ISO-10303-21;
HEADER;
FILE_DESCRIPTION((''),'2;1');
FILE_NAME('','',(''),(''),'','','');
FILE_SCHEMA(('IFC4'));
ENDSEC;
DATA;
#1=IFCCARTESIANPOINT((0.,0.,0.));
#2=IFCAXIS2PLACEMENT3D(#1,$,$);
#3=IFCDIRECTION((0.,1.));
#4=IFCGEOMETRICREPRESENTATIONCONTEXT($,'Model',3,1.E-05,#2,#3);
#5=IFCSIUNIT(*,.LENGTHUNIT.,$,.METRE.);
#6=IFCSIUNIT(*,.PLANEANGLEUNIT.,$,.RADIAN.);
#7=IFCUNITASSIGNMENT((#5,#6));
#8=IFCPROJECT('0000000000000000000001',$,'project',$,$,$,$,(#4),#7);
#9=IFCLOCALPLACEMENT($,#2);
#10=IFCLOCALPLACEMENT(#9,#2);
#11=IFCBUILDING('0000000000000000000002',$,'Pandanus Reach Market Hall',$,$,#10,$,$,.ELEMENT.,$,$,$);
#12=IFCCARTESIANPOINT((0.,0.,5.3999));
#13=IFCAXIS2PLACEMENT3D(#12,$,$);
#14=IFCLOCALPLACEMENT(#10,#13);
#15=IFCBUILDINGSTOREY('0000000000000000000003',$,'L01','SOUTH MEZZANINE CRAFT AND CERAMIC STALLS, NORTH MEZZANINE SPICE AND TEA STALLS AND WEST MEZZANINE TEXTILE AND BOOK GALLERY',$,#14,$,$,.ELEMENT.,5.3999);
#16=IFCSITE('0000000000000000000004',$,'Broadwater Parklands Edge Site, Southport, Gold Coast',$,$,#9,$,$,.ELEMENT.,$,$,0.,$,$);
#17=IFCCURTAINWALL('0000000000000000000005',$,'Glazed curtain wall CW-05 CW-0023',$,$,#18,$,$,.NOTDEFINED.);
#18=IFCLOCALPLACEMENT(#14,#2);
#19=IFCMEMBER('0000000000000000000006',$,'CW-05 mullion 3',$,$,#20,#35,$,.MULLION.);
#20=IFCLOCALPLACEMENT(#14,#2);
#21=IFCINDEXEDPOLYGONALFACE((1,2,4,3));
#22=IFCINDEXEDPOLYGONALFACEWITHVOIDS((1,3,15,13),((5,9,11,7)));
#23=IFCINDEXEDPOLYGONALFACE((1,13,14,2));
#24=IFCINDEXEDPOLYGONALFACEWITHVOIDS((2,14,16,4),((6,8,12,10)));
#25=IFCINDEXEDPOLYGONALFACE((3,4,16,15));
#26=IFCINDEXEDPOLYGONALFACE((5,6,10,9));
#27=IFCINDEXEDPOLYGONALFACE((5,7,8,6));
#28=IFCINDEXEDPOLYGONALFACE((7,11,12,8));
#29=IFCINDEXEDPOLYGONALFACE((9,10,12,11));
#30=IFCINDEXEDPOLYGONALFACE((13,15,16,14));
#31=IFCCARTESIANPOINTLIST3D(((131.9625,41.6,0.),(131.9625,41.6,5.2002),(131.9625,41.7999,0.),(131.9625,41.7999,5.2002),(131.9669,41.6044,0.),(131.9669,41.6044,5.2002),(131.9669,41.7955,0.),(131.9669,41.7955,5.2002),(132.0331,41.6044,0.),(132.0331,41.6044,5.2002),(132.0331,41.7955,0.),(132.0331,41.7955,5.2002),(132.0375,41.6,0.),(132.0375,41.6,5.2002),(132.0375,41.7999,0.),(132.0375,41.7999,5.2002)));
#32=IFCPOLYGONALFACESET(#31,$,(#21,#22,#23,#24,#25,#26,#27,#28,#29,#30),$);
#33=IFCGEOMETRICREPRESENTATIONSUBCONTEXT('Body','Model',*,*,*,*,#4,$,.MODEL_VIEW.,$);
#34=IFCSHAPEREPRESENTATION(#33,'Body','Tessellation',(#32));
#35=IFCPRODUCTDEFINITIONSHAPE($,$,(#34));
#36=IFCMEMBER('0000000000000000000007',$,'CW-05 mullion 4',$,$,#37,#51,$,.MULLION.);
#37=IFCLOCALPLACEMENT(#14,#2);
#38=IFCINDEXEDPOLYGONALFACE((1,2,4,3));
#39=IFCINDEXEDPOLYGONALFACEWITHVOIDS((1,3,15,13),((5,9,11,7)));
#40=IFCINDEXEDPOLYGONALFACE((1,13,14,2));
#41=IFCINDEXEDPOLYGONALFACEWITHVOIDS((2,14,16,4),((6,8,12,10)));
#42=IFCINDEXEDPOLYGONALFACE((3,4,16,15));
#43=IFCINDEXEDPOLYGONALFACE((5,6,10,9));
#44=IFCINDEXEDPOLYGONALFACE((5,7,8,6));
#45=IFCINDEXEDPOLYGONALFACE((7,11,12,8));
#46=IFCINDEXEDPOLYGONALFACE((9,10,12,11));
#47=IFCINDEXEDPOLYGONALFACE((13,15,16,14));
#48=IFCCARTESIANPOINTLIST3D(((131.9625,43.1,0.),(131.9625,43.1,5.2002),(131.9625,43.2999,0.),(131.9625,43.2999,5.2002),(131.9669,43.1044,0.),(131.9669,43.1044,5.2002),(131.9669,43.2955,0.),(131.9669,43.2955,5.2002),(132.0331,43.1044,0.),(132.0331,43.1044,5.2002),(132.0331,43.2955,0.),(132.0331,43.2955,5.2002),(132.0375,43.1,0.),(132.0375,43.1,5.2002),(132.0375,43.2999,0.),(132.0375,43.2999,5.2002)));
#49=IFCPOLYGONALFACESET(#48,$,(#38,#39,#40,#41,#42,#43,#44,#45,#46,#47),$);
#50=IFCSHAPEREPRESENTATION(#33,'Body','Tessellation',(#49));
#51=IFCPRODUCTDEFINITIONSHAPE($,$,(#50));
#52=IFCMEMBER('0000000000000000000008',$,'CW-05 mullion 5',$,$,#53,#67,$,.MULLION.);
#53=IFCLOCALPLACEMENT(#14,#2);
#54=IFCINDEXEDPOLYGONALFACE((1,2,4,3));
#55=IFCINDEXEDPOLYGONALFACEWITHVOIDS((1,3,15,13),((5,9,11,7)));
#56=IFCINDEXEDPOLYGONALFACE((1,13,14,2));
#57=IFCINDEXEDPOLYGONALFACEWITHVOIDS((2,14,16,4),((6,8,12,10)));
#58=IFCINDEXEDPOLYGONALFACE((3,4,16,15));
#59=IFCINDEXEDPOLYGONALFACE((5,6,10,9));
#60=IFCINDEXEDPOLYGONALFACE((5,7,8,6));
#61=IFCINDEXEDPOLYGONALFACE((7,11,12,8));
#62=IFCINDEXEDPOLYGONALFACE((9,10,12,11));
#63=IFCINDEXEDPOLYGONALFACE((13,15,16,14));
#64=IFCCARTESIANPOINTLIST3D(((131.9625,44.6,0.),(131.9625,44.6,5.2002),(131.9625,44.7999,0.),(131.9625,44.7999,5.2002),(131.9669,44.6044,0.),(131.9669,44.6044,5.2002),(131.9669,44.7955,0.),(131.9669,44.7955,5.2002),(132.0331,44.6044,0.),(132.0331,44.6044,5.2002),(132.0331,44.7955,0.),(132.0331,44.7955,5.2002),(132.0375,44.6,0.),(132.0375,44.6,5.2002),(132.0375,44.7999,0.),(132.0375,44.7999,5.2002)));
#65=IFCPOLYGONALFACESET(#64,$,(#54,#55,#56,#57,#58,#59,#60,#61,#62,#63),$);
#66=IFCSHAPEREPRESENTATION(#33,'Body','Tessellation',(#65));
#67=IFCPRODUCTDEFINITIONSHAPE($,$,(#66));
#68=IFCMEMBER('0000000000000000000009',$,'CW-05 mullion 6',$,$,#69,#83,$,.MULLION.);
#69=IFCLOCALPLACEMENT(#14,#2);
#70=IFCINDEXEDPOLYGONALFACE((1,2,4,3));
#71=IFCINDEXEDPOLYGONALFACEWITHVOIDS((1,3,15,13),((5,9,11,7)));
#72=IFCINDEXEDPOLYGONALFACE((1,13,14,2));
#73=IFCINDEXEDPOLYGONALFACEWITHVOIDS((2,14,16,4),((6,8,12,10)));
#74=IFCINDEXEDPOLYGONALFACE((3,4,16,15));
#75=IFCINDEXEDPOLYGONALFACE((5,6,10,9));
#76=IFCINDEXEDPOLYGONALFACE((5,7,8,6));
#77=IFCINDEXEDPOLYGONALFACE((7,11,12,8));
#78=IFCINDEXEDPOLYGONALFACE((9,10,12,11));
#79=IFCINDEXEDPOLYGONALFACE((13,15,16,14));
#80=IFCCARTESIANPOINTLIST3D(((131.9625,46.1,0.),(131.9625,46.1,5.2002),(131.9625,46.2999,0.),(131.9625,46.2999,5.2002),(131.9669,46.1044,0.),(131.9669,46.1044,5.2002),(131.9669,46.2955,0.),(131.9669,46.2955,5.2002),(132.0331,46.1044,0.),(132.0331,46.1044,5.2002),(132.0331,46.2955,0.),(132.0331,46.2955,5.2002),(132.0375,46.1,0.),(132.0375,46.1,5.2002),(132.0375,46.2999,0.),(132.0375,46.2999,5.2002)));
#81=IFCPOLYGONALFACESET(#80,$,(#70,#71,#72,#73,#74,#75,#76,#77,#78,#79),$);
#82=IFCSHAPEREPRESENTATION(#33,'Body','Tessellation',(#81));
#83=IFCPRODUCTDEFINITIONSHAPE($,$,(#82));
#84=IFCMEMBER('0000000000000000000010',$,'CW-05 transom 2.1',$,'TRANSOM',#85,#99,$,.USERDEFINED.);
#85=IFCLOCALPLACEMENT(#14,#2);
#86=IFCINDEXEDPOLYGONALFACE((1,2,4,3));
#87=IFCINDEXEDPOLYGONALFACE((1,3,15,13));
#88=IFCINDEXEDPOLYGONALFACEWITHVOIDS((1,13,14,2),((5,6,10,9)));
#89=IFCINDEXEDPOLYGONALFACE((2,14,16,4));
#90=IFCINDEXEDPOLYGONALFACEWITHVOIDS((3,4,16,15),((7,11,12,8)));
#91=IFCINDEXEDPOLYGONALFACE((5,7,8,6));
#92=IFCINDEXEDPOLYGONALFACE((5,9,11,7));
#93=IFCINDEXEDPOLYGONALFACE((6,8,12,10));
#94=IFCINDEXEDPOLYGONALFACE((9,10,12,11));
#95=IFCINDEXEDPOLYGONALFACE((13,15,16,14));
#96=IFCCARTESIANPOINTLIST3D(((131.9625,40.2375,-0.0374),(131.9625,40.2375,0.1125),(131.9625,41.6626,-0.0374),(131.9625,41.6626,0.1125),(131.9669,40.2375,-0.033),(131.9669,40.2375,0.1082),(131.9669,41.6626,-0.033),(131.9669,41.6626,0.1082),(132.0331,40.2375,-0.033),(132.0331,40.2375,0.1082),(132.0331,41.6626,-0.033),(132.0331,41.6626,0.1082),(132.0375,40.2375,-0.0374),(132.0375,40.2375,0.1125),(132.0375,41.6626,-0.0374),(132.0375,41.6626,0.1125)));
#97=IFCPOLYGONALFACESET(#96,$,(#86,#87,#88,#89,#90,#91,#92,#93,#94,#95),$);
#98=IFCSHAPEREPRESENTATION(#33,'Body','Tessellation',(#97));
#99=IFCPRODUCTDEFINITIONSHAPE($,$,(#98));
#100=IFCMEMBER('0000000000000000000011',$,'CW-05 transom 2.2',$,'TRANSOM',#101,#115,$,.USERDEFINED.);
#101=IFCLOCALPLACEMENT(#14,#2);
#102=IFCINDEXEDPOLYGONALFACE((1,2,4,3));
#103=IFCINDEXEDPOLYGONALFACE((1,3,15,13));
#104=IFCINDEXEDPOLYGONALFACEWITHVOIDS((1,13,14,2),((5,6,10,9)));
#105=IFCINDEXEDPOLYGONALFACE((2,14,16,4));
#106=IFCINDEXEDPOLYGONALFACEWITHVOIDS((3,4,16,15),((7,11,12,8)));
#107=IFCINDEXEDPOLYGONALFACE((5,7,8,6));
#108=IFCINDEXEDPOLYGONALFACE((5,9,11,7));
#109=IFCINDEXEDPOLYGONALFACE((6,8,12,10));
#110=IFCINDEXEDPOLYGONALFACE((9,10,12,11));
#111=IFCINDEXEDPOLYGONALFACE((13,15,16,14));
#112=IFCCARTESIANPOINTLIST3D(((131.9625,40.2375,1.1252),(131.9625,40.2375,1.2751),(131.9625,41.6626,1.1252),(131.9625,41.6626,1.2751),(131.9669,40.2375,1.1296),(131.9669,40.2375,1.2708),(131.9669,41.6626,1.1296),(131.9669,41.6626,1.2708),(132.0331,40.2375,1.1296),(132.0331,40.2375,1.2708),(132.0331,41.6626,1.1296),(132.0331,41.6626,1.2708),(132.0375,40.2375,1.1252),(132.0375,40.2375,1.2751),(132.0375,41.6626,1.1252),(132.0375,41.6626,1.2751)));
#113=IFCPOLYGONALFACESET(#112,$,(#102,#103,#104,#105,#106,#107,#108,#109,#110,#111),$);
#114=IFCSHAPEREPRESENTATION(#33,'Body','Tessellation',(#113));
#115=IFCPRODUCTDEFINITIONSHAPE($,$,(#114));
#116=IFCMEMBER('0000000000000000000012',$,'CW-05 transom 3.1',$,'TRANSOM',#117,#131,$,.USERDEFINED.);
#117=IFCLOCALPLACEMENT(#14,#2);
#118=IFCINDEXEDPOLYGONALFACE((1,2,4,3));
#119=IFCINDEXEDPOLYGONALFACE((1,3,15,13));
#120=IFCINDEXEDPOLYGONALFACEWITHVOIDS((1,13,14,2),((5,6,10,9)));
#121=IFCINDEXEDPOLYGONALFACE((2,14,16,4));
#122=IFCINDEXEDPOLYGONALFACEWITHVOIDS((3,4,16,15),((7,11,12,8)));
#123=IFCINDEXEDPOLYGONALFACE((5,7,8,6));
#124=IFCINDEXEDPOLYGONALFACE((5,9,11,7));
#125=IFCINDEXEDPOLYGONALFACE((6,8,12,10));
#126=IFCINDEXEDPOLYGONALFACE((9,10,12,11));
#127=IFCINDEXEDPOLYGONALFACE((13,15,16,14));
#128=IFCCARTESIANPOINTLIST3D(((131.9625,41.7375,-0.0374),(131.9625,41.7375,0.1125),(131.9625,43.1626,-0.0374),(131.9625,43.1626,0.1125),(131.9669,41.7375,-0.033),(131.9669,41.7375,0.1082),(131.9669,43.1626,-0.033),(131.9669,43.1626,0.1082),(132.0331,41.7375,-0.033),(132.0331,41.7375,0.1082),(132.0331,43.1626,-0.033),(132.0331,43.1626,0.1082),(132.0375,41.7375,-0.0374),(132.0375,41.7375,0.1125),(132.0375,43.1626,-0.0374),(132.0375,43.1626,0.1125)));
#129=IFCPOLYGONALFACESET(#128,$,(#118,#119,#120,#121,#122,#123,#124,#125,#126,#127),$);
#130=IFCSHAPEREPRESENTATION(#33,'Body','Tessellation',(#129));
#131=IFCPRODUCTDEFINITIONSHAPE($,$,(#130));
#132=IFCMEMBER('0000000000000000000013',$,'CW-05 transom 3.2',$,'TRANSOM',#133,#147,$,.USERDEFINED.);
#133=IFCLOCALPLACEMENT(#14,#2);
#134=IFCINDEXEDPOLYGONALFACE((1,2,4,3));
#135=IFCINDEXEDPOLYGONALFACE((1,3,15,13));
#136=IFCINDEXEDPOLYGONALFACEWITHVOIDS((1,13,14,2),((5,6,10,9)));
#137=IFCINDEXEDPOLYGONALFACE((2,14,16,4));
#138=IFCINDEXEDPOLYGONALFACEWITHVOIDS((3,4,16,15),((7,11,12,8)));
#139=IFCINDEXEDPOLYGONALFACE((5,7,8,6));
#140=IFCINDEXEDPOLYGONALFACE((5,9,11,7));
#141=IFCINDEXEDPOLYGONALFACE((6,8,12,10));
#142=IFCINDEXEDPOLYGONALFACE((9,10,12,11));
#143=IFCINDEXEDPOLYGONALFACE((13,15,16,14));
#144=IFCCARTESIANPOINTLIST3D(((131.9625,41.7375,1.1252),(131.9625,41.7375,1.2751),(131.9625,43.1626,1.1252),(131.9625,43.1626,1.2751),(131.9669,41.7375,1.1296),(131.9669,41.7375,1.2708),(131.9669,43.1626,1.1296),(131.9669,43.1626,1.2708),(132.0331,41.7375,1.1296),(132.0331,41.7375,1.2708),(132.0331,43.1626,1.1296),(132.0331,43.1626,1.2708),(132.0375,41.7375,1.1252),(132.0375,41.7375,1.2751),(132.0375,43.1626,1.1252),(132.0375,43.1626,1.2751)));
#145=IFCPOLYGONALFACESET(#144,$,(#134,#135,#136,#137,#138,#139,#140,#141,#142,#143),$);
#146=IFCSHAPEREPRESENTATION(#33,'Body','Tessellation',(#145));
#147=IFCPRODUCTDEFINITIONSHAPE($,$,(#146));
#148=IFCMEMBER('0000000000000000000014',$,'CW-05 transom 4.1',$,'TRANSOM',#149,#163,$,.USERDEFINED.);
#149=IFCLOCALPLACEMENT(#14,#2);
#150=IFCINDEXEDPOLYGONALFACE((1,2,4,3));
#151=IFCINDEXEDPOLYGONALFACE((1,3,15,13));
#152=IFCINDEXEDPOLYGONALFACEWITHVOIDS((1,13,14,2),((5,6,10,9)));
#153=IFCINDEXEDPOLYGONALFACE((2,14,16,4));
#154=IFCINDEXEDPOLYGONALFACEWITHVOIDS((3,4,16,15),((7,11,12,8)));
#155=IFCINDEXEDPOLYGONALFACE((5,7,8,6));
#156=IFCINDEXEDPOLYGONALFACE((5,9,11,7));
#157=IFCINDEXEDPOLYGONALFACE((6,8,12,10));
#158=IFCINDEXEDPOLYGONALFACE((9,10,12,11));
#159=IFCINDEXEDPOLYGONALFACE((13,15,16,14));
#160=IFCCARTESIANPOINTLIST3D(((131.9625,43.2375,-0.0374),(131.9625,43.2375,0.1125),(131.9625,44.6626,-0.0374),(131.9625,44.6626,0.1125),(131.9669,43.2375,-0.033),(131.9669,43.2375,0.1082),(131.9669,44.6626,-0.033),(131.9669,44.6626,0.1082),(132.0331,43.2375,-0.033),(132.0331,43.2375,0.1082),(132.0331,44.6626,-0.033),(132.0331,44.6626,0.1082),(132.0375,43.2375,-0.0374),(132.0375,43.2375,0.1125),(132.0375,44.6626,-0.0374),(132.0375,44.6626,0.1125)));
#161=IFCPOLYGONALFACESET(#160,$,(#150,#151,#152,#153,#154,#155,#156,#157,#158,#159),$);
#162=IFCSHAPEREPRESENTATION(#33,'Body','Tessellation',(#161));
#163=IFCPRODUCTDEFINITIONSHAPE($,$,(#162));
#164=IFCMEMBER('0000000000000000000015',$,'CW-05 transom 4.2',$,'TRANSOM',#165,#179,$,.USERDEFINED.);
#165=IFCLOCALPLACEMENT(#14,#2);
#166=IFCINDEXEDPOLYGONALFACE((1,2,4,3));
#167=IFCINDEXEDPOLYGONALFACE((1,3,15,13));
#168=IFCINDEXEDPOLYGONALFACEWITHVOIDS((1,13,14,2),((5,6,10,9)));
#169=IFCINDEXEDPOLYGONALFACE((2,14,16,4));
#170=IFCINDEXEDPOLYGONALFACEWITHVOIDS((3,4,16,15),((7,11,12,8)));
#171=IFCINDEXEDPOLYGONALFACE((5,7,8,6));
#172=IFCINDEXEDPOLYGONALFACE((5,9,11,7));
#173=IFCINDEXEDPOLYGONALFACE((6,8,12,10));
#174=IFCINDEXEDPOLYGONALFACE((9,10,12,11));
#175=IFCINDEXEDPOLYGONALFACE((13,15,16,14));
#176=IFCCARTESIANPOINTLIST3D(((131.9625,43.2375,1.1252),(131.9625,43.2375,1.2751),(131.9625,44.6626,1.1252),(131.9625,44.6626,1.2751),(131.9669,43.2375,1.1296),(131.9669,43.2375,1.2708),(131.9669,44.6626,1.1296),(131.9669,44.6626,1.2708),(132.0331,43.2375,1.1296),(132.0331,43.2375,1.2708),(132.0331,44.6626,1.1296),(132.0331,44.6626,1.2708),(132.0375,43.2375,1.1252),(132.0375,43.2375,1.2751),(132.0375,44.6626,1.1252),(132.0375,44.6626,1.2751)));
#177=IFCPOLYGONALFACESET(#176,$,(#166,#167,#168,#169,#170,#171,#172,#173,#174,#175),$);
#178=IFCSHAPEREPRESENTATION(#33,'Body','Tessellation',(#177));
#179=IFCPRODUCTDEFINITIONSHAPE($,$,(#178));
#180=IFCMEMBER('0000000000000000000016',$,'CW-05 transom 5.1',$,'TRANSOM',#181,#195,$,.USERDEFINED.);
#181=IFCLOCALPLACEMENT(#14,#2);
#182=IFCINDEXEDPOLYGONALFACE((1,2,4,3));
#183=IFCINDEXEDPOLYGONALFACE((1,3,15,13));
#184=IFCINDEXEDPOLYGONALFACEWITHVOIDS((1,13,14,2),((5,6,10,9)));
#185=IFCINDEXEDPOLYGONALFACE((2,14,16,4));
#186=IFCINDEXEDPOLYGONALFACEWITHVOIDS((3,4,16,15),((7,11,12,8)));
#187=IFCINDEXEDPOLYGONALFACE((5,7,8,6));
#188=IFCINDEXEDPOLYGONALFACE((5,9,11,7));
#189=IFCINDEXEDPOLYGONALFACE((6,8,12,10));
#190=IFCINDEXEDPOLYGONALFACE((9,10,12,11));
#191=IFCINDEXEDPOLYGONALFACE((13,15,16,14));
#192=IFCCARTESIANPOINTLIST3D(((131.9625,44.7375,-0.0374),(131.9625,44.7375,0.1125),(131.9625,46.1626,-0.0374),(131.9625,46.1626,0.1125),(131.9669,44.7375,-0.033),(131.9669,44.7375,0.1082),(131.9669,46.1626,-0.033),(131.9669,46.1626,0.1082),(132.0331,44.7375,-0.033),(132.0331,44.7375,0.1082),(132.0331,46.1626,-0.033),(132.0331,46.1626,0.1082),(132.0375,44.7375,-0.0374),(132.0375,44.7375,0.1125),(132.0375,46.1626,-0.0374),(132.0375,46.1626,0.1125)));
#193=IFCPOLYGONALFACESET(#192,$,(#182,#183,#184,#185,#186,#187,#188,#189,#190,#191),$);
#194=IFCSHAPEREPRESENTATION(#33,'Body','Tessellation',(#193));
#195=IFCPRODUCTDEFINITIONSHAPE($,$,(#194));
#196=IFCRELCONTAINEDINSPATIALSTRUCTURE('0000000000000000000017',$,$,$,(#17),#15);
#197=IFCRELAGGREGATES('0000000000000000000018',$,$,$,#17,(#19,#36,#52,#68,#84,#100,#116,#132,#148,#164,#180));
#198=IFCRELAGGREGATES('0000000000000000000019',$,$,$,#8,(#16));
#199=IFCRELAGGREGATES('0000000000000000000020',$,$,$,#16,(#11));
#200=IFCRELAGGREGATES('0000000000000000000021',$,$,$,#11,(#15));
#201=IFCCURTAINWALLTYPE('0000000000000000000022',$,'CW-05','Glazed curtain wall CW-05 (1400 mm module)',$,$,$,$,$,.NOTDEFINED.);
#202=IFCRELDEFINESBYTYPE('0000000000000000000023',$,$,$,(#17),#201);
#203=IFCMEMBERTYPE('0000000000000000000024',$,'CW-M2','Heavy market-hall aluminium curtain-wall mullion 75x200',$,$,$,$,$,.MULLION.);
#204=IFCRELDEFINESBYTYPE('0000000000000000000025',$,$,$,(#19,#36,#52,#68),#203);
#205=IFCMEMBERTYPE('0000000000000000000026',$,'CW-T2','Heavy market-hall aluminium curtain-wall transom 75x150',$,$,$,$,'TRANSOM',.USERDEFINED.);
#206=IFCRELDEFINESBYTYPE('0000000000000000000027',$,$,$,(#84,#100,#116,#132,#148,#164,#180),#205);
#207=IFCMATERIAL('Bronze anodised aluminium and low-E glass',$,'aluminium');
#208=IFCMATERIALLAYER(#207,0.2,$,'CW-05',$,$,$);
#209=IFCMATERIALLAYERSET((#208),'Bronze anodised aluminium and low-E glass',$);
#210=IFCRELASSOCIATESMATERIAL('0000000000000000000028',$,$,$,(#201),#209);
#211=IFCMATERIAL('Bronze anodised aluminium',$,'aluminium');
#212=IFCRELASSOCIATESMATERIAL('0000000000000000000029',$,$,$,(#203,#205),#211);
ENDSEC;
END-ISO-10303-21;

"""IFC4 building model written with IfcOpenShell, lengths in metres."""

from ifc_helpers import new_model, si_unit, direction, frame, origin, origin_2d, place, context, subcontext, project, spatial, hollow_rectangle, extrude, material, layer, layer_set, material_profile, profile_set, type_object, element, aggregate, save


model = new_model("IFC4")

# Units and contexts
model_context = context("Model", 3, precision=1e-05, world=origin(), true_north=direction((0.0, 1.0)))
body_context = subcontext(model_context, "Body", "Model", "MODEL_VIEW")
ifc_project = project(units=[si_unit("LENGTHUNIT", "METRE"), si_unit("PLANEANGLEUNIT", "RADIAN")], contexts=[model_context])

# Site, building, storey
site_placement = place(None, origin())
site = spatial("IfcSite", under=ifc_project, at=site_placement, Name="Broadwater Parklands Edge Site, Southport, Gold Coast", CompositionType="ELEMENT", RefElevation=0.0)
building_placement = place(site_placement, origin())
building = spatial("IfcBuilding", under=site, at=building_placement, Name="Pandanus Reach Market Hall", CompositionType="ELEMENT")
storey_placement = place(building_placement, frame((0.0, 0.0, 5.3999)))
storey = spatial("IfcBuildingStorey", under=building, at=storey_placement, Name="L01", Description="SOUTH MEZZANINE CRAFT AND CERAMIC STALLS, NORTH MEZZANINE SPICE AND TEA STALLS AND WEST MEZZANINE TEXTILE AND BOOK GALLERY", CompositionType="ELEMENT", Elevation=5.3999)

# Curtain wall, members
ifc_material_1 = material(Name="Bronze anodised aluminium and low-E glass", Category="aluminium")
ifc_layer_1 = layer(ifc_material_1, 0.2, Name="CW-05")
ifc_layer_set_1 = layer_set([ifc_layer_1], Name="Bronze anodised aluminium and low-E glass")
curtain_wall_type = type_object("IfcCurtainWallType", Name="CW-05", Description="Glazed curtain wall CW-05 (1400 mm module)", PredefinedType="NOTDEFINED", material=ifc_layer_set_1)
curtain_wall_placement = place(storey_placement, origin())
curtain_wall = element("IfcCurtainWall", 1, at=curtain_wall_placement, inside=storey, type_object=curtain_wall_type, Name="Glazed curtain wall CW-05 CW-0023", PredefinedType="NOTDEFINED")
ifc_material_2 = material(Name="Bronze anodised aluminium", Category="aluminium")
ifc_material_profile_1 = material_profile(ifc_material_2, hollow_rectangle(XDim=0.075, YDim=0.2, WallThickness=0.0044, at=origin_2d()), Name="ALU75x200", Category="LoadBearing")
ifc_profile_set_1 = profile_set([ifc_material_profile_1], Name="Bronze anodised aluminium")
member_type_1 = type_object("IfcMemberType", Name="CW-M2", Description="Heavy market-hall aluminium curtain-wall mullion 75x200", PredefinedType="MULLION", material=ifc_profile_set_1)
member_1_placement = place(storey_placement, frame((132.0, 41.7, 0.0), z_axis=(0.0, 0.0, 1.0), x_axis=(-1.0, 0.0, 0.0)))
member_1 = element("IfcMember", 2, at=member_1_placement, type_object=member_type_1, Name="CW-05 mullion 3", PredefinedType="MULLION", context=body_context, shape_type="SweptSolid", body=[
    extrude(hollow_rectangle(XDim=0.075, YDim=0.2, WallThickness=0.0044, at=origin_2d()), origin(), (0.0, 0.0, 1.0), 5.2002),
])
member_2_placement = place(storey_placement, frame((132.0, 43.2, 0.0), z_axis=(0.0, 0.0, 1.0), x_axis=(-1.0, 0.0, 0.0)))
member_2 = element("IfcMember", 3, at=member_2_placement, type_object=member_type_1, Name="CW-05 mullion 4", PredefinedType="MULLION", context=body_context, shape_type="SweptSolid", body=[
    extrude(hollow_rectangle(XDim=0.075, YDim=0.2, WallThickness=0.0044, at=origin_2d()), origin(), (0.0, 0.0, 1.0), 5.2002),
])
member_3_placement = place(storey_placement, frame((132.0, 44.7, 0.0), z_axis=(0.0, 0.0, 1.0), x_axis=(-1.0, 0.0, 0.0)))
member_3 = element("IfcMember", 4, at=member_3_placement, type_object=member_type_1, Name="CW-05 mullion 5", PredefinedType="MULLION", context=body_context, shape_type="SweptSolid", body=[
    extrude(hollow_rectangle(XDim=0.075, YDim=0.2, WallThickness=0.0044, at=origin_2d()), origin(), (0.0, 0.0, 1.0), 5.2002),
])
member_4_placement = place(storey_placement, frame((132.0, 46.2, 0.0), z_axis=(0.0, 0.0, 1.0), x_axis=(-1.0, 0.0, 0.0)))
member_4 = element("IfcMember", 5, at=member_4_placement, type_object=member_type_1, Name="CW-05 mullion 6", PredefinedType="MULLION", context=body_context, shape_type="SweptSolid", body=[
    extrude(hollow_rectangle(XDim=0.075, YDim=0.2, WallThickness=0.0044, at=origin_2d()), origin(), (0.0, 0.0, 1.0), 5.2002),
])
ifc_material_profile_2 = material_profile(ifc_material_2, hollow_rectangle(XDim=0.075, YDim=0.1499, WallThickness=0.0044, at=origin_2d()), Name="ALU75x150", Category="LoadBearing")
ifc_profile_set_2 = profile_set([ifc_material_profile_2], Name="Bronze anodised aluminium")
member_type_2 = type_object("IfcMemberType", Name="CW-T2", Description="Heavy market-hall aluminium curtain-wall transom 75x150", ElementType="TRANSOM", PredefinedType="USERDEFINED", material=ifc_profile_set_2)
member_5_placement = place(storey_placement, frame((132.0, 40.2375, 0.0376), z_axis=(0.0, 1.0, 0.0), x_axis=(-1.0, 0.0, 0.0)))
member_5 = element("IfcMember", 6, at=member_5_placement, type_object=member_type_2, Name="CW-05 transom 2.1", ObjectType="TRANSOM", PredefinedType="USERDEFINED", context=body_context, shape_type="SweptSolid", body=[
    extrude(hollow_rectangle(XDim=0.075, YDim=0.1499, WallThickness=0.0044, at=origin_2d()), origin(), (0.0, 0.0, 1.0), 1.425),
])
member_6_placement = place(storey_placement, frame((132.0, 40.2375, 1.2002), z_axis=(0.0, 1.0, 0.0), x_axis=(-1.0, 0.0, 0.0)))
member_6 = element("IfcMember", 7, at=member_6_placement, type_object=member_type_2, Name="CW-05 transom 2.2", ObjectType="TRANSOM", PredefinedType="USERDEFINED", context=body_context, shape_type="SweptSolid", body=[
    extrude(hollow_rectangle(XDim=0.075, YDim=0.1499, WallThickness=0.0044, at=origin_2d()), origin(), (0.0, 0.0, 1.0), 1.425),
])
member_7_placement = place(storey_placement, frame((132.0, 41.7375, 0.0376), z_axis=(0.0, 1.0, 0.0), x_axis=(-1.0, 0.0, 0.0)))
member_7 = element("IfcMember", 8, at=member_7_placement, type_object=member_type_2, Name="CW-05 transom 3.1", ObjectType="TRANSOM", PredefinedType="USERDEFINED", context=body_context, shape_type="SweptSolid", body=[
    extrude(hollow_rectangle(XDim=0.075, YDim=0.1499, WallThickness=0.0044, at=origin_2d()), origin(), (0.0, 0.0, 1.0), 1.425),
])
member_8_placement = place(storey_placement, frame((132.0, 41.7375, 1.2002), z_axis=(0.0, 1.0, 0.0), x_axis=(-1.0, 0.0, 0.0)))
member_8 = element("IfcMember", 9, at=member_8_placement, type_object=member_type_2, Name="CW-05 transom 3.2", ObjectType="TRANSOM", PredefinedType="USERDEFINED", context=body_context, shape_type="SweptSolid", body=[
    extrude(hollow_rectangle(XDim=0.075, YDim=0.1499, WallThickness=0.0044, at=origin_2d()), origin(), (0.0, 0.0, 1.0), 1.425),
])
member_9_placement = place(storey_placement, frame((132.0, 43.2375, 0.0376), z_axis=(0.0, 1.0, 0.0), x_axis=(-1.0, 0.0, 0.0)))
member_9 = element("IfcMember", 10, at=member_9_placement, type_object=member_type_2, Name="CW-05 transom 4.1", ObjectType="TRANSOM", PredefinedType="USERDEFINED", context=body_context, shape_type="SweptSolid", body=[
    extrude(hollow_rectangle(XDim=0.075, YDim=0.1499, WallThickness=0.0044, at=origin_2d()), origin(), (0.0, 0.0, 1.0), 1.425),
])
member_10_placement = place(storey_placement, frame((132.0, 43.2375, 1.2002), z_axis=(0.0, 1.0, 0.0), x_axis=(-1.0, 0.0, 0.0)))
member_10 = element("IfcMember", 11, at=member_10_placement, type_object=member_type_2, Name="CW-05 transom 4.2", ObjectType="TRANSOM", PredefinedType="USERDEFINED", context=body_context, shape_type="SweptSolid", body=[
    extrude(hollow_rectangle(XDim=0.075, YDim=0.1499, WallThickness=0.0044, at=origin_2d()), origin(), (0.0, 0.0, 1.0), 1.425),
])
member_11_placement = place(storey_placement, frame((132.0, 44.7375, 0.0376), z_axis=(0.0, 1.0, 0.0), x_axis=(-1.0, 0.0, 0.0)))
member_11 = element("IfcMember", 12, at=member_11_placement, type_object=member_type_2, Name="CW-05 transom 5.1", ObjectType="TRANSOM", PredefinedType="USERDEFINED", context=body_context, shape_type="SweptSolid", body=[
    extrude(hollow_rectangle(XDim=0.075, YDim=0.1499, WallThickness=0.0044, at=origin_2d()), origin(), (0.0, 0.0, 1.0), 1.425),
])
aggregate(curtain_wall, [member_1, member_2, member_3, member_4, member_5, member_6, member_7, member_8, member_9, member_10, member_11])

save(model, "model.ifc")
